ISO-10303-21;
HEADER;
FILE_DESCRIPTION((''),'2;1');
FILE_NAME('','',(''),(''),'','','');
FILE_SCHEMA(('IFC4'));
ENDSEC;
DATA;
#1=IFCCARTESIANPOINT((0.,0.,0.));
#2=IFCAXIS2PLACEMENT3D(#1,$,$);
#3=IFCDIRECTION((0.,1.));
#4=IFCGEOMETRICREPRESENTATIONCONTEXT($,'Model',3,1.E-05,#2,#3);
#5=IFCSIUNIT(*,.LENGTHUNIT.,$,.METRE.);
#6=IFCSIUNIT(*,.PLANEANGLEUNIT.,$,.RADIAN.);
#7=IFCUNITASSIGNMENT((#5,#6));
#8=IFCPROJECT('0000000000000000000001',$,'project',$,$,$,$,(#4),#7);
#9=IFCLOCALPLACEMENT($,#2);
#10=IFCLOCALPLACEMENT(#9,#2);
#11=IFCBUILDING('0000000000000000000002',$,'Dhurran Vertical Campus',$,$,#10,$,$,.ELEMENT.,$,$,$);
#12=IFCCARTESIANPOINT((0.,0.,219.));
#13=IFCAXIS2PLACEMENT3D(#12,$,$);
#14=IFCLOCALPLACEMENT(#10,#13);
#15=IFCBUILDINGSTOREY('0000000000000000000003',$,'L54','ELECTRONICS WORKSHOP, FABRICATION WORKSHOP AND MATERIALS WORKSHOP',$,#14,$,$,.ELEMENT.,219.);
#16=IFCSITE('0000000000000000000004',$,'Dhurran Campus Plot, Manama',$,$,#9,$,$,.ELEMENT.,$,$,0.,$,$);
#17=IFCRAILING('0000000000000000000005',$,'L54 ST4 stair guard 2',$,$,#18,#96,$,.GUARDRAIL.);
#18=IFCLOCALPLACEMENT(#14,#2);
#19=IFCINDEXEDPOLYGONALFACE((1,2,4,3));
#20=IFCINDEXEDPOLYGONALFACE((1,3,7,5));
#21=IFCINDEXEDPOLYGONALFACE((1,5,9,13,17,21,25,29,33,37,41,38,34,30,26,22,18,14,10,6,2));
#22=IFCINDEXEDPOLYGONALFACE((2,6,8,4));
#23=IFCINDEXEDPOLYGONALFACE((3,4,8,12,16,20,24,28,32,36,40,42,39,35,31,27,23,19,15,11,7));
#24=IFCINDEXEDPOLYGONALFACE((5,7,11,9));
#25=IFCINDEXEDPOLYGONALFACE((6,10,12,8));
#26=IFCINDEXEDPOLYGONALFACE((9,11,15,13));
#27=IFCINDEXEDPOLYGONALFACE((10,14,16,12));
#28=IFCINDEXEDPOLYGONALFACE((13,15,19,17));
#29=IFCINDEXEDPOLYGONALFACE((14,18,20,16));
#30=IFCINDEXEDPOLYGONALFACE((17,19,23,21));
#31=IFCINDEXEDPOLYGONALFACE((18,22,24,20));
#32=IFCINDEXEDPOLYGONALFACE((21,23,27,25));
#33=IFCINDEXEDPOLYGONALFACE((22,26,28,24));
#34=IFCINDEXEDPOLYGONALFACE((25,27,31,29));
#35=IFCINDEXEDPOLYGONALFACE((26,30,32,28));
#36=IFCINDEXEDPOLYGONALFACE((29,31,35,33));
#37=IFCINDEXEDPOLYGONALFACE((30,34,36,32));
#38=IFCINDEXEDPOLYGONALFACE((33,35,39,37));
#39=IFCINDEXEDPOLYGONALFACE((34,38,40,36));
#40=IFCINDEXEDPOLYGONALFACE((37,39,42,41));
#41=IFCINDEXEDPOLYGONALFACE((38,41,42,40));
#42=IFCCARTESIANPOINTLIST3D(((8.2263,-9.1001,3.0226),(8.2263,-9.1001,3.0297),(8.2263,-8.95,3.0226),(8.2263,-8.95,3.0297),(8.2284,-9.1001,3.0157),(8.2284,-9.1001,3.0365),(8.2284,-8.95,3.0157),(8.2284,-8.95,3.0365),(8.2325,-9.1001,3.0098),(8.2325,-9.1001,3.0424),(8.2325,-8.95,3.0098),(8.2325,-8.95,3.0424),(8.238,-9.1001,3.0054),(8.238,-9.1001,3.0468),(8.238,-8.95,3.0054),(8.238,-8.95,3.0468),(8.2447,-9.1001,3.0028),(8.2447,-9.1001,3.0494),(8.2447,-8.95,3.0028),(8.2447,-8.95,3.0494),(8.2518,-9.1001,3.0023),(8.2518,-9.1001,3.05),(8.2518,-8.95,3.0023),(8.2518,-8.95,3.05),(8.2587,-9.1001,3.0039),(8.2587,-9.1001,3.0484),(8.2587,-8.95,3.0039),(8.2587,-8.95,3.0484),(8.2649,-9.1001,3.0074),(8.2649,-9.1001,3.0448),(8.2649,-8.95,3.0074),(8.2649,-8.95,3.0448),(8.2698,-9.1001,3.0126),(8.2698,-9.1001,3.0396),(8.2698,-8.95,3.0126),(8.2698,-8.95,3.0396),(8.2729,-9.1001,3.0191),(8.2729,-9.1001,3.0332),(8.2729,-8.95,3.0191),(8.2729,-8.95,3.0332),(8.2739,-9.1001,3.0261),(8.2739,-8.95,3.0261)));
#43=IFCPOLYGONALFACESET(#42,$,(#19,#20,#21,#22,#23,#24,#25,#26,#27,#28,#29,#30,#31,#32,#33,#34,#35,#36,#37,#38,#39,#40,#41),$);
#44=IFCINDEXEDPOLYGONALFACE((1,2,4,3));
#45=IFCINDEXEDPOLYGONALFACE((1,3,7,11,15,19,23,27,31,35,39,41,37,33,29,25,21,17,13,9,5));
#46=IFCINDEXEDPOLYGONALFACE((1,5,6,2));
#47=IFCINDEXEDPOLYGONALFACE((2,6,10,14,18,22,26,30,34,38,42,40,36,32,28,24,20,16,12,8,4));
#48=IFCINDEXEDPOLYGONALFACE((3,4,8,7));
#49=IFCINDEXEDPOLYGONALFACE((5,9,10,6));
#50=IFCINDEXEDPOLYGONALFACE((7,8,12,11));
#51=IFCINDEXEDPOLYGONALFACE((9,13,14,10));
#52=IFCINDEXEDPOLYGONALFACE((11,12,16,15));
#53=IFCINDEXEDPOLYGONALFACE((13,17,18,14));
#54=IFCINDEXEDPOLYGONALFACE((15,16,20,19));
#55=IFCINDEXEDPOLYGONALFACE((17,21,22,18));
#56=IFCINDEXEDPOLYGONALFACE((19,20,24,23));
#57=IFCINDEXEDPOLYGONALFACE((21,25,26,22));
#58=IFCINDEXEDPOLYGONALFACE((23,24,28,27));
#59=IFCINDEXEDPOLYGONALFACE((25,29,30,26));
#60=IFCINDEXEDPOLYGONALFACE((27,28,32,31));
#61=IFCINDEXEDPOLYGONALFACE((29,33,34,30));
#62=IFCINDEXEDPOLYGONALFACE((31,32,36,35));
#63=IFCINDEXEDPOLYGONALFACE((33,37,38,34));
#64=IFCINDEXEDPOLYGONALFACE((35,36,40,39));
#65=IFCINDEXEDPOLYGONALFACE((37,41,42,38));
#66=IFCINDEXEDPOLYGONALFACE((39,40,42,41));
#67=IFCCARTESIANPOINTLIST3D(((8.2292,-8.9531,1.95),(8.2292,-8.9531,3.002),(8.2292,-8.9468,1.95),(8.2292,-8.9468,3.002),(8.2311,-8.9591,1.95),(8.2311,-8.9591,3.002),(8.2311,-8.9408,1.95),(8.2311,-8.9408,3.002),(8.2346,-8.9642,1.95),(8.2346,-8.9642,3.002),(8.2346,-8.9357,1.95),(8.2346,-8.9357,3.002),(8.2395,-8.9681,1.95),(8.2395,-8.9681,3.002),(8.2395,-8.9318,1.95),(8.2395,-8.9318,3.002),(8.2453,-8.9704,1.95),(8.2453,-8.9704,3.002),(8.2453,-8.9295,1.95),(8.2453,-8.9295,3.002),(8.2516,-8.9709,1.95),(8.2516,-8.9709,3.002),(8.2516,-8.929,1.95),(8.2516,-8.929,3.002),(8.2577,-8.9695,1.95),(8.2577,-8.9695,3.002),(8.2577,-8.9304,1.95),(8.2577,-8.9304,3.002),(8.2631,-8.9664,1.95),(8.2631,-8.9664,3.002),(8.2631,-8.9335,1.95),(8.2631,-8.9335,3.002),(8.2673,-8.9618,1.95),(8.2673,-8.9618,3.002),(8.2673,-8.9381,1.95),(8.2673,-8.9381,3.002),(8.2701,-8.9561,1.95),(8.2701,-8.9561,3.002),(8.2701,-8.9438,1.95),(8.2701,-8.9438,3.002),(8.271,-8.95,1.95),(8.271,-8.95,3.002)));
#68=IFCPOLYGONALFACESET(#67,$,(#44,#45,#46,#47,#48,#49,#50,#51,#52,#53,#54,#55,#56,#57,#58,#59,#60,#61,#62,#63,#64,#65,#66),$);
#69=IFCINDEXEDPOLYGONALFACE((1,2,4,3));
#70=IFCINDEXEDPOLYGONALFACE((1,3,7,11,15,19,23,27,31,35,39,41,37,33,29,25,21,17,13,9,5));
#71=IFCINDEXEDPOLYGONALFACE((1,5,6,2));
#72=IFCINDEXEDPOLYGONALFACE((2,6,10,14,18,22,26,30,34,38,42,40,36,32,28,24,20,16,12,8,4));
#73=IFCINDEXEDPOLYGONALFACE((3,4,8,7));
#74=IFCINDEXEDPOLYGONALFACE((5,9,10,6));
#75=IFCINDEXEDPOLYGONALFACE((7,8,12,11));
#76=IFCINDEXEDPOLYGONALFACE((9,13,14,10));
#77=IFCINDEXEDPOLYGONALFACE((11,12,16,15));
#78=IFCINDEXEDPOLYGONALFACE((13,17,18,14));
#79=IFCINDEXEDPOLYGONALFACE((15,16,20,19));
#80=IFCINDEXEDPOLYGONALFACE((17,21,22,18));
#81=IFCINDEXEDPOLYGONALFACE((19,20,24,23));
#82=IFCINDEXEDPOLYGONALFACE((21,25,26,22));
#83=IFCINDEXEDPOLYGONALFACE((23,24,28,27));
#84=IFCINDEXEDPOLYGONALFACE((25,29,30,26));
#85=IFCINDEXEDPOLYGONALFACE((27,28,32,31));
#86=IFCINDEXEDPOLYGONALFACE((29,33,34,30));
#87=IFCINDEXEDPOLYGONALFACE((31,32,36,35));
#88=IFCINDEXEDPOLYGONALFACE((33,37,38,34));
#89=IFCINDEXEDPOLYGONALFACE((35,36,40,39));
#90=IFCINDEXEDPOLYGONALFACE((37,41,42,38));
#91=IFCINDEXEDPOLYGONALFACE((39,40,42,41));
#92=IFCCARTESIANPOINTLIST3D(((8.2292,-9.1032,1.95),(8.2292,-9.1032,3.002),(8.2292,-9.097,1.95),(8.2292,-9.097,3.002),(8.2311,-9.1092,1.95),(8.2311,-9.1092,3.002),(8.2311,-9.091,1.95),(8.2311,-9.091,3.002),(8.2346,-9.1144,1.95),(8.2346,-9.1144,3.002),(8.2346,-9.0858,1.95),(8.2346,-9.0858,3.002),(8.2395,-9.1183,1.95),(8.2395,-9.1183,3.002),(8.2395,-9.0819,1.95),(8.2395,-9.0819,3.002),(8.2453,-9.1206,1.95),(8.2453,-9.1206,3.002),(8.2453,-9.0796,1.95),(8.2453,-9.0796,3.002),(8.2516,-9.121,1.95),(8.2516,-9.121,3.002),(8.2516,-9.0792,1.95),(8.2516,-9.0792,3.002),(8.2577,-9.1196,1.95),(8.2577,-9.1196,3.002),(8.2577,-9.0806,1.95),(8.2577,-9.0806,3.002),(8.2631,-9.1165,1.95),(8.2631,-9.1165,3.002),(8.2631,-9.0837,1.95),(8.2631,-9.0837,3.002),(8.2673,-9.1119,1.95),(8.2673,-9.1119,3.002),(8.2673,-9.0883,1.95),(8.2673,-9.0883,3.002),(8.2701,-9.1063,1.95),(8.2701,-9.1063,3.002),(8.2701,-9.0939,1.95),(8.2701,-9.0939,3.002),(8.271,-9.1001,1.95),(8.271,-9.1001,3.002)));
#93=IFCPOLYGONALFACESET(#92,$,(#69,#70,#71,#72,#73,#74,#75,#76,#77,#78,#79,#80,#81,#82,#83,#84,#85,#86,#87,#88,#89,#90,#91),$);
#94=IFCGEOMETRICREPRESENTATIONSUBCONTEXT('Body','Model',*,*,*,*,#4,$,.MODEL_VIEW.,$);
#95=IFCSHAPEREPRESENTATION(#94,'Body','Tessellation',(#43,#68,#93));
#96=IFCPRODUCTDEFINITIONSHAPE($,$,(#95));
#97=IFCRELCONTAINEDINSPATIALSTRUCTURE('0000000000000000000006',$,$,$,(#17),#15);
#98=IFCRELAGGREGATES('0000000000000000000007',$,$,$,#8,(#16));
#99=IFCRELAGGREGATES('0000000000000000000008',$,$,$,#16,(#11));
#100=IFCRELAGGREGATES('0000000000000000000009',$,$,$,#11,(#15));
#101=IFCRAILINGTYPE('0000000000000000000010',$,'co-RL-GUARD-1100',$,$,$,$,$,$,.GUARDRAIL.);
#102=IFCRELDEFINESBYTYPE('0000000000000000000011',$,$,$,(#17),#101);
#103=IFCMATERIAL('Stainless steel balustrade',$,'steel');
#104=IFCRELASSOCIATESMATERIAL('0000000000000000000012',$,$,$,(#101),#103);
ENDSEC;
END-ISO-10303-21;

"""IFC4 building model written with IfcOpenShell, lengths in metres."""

from ifc_helpers import new_model, si_unit, direction, frame, origin, origin_2d, place, context, subcontext, project, spatial, circle, extrude, material, type_object, element, save


model = new_model("IFC4")

# Units and contexts
model_context = context("Model", 3, precision=1e-05, world=origin(), true_north=direction((0.0, 1.0)))
body_context = subcontext(model_context, "Body", "Model", "MODEL_VIEW")
ifc_project = project(units=[si_unit("LENGTHUNIT", "METRE"), si_unit("PLANEANGLEUNIT", "RADIAN")], contexts=[model_context])

# Site, building, storey
site_placement = place(None, origin())
site = spatial("IfcSite", under=ifc_project, at=site_placement, Name="Dhurran Campus Plot, Manama", CompositionType="ELEMENT", RefElevation=0.0)
building_placement = place(site_placement, origin())
building = spatial("IfcBuilding", under=site, at=building_placement, Name="Dhurran Vertical Campus", CompositionType="ELEMENT")
storey_placement = place(building_placement, frame((0.0, 0.0, 219.0)))
storey = spatial("IfcBuildingStorey", under=building, at=storey_placement, Name="L54", Description="ELECTRONICS WORKSHOP, FABRICATION WORKSHOP AND MATERIALS WORKSHOP", CompositionType="ELEMENT", Elevation=219.0)

# Railing
ifc_material_1 = material(Name="Stainless steel balustrade", Category="steel")
railing_type_1 = type_object("IfcRailingType", Name="co-RL-GUARD-1100", PredefinedType="GUARDRAIL", material=ifc_material_1)
railing_1_placement = place(storey_placement, frame((8.25, -8.95, 1.95)))
element("IfcRailing", 1, at=railing_1_placement, inside=storey, type_object=railing_type_1, Name="L54 ST4 stair guard 2", PredefinedType="GUARDRAIL", context=body_context, shape_type="SweptSolid", body=[
    extrude(circle(Radius=0.0239, at=origin_2d()), frame((0.0, 0.0, 1.0762), z_axis=(0.0, -1.0, 0.0), x_axis=(1.0, 0.0, 0.0)), (0.0, 0.0, 1.0), 0.1501),
    extrude(circle(Radius=0.021, at=origin_2d()), origin(), (0.0, 0.0, 1.0), 1.052),
    extrude(circle(Radius=0.021, at=origin_2d()), frame((0.0, -0.1501, 0.0)), (0.0, 0.0, 1.0), 1.052),
])

save(model, "model.ifc")
